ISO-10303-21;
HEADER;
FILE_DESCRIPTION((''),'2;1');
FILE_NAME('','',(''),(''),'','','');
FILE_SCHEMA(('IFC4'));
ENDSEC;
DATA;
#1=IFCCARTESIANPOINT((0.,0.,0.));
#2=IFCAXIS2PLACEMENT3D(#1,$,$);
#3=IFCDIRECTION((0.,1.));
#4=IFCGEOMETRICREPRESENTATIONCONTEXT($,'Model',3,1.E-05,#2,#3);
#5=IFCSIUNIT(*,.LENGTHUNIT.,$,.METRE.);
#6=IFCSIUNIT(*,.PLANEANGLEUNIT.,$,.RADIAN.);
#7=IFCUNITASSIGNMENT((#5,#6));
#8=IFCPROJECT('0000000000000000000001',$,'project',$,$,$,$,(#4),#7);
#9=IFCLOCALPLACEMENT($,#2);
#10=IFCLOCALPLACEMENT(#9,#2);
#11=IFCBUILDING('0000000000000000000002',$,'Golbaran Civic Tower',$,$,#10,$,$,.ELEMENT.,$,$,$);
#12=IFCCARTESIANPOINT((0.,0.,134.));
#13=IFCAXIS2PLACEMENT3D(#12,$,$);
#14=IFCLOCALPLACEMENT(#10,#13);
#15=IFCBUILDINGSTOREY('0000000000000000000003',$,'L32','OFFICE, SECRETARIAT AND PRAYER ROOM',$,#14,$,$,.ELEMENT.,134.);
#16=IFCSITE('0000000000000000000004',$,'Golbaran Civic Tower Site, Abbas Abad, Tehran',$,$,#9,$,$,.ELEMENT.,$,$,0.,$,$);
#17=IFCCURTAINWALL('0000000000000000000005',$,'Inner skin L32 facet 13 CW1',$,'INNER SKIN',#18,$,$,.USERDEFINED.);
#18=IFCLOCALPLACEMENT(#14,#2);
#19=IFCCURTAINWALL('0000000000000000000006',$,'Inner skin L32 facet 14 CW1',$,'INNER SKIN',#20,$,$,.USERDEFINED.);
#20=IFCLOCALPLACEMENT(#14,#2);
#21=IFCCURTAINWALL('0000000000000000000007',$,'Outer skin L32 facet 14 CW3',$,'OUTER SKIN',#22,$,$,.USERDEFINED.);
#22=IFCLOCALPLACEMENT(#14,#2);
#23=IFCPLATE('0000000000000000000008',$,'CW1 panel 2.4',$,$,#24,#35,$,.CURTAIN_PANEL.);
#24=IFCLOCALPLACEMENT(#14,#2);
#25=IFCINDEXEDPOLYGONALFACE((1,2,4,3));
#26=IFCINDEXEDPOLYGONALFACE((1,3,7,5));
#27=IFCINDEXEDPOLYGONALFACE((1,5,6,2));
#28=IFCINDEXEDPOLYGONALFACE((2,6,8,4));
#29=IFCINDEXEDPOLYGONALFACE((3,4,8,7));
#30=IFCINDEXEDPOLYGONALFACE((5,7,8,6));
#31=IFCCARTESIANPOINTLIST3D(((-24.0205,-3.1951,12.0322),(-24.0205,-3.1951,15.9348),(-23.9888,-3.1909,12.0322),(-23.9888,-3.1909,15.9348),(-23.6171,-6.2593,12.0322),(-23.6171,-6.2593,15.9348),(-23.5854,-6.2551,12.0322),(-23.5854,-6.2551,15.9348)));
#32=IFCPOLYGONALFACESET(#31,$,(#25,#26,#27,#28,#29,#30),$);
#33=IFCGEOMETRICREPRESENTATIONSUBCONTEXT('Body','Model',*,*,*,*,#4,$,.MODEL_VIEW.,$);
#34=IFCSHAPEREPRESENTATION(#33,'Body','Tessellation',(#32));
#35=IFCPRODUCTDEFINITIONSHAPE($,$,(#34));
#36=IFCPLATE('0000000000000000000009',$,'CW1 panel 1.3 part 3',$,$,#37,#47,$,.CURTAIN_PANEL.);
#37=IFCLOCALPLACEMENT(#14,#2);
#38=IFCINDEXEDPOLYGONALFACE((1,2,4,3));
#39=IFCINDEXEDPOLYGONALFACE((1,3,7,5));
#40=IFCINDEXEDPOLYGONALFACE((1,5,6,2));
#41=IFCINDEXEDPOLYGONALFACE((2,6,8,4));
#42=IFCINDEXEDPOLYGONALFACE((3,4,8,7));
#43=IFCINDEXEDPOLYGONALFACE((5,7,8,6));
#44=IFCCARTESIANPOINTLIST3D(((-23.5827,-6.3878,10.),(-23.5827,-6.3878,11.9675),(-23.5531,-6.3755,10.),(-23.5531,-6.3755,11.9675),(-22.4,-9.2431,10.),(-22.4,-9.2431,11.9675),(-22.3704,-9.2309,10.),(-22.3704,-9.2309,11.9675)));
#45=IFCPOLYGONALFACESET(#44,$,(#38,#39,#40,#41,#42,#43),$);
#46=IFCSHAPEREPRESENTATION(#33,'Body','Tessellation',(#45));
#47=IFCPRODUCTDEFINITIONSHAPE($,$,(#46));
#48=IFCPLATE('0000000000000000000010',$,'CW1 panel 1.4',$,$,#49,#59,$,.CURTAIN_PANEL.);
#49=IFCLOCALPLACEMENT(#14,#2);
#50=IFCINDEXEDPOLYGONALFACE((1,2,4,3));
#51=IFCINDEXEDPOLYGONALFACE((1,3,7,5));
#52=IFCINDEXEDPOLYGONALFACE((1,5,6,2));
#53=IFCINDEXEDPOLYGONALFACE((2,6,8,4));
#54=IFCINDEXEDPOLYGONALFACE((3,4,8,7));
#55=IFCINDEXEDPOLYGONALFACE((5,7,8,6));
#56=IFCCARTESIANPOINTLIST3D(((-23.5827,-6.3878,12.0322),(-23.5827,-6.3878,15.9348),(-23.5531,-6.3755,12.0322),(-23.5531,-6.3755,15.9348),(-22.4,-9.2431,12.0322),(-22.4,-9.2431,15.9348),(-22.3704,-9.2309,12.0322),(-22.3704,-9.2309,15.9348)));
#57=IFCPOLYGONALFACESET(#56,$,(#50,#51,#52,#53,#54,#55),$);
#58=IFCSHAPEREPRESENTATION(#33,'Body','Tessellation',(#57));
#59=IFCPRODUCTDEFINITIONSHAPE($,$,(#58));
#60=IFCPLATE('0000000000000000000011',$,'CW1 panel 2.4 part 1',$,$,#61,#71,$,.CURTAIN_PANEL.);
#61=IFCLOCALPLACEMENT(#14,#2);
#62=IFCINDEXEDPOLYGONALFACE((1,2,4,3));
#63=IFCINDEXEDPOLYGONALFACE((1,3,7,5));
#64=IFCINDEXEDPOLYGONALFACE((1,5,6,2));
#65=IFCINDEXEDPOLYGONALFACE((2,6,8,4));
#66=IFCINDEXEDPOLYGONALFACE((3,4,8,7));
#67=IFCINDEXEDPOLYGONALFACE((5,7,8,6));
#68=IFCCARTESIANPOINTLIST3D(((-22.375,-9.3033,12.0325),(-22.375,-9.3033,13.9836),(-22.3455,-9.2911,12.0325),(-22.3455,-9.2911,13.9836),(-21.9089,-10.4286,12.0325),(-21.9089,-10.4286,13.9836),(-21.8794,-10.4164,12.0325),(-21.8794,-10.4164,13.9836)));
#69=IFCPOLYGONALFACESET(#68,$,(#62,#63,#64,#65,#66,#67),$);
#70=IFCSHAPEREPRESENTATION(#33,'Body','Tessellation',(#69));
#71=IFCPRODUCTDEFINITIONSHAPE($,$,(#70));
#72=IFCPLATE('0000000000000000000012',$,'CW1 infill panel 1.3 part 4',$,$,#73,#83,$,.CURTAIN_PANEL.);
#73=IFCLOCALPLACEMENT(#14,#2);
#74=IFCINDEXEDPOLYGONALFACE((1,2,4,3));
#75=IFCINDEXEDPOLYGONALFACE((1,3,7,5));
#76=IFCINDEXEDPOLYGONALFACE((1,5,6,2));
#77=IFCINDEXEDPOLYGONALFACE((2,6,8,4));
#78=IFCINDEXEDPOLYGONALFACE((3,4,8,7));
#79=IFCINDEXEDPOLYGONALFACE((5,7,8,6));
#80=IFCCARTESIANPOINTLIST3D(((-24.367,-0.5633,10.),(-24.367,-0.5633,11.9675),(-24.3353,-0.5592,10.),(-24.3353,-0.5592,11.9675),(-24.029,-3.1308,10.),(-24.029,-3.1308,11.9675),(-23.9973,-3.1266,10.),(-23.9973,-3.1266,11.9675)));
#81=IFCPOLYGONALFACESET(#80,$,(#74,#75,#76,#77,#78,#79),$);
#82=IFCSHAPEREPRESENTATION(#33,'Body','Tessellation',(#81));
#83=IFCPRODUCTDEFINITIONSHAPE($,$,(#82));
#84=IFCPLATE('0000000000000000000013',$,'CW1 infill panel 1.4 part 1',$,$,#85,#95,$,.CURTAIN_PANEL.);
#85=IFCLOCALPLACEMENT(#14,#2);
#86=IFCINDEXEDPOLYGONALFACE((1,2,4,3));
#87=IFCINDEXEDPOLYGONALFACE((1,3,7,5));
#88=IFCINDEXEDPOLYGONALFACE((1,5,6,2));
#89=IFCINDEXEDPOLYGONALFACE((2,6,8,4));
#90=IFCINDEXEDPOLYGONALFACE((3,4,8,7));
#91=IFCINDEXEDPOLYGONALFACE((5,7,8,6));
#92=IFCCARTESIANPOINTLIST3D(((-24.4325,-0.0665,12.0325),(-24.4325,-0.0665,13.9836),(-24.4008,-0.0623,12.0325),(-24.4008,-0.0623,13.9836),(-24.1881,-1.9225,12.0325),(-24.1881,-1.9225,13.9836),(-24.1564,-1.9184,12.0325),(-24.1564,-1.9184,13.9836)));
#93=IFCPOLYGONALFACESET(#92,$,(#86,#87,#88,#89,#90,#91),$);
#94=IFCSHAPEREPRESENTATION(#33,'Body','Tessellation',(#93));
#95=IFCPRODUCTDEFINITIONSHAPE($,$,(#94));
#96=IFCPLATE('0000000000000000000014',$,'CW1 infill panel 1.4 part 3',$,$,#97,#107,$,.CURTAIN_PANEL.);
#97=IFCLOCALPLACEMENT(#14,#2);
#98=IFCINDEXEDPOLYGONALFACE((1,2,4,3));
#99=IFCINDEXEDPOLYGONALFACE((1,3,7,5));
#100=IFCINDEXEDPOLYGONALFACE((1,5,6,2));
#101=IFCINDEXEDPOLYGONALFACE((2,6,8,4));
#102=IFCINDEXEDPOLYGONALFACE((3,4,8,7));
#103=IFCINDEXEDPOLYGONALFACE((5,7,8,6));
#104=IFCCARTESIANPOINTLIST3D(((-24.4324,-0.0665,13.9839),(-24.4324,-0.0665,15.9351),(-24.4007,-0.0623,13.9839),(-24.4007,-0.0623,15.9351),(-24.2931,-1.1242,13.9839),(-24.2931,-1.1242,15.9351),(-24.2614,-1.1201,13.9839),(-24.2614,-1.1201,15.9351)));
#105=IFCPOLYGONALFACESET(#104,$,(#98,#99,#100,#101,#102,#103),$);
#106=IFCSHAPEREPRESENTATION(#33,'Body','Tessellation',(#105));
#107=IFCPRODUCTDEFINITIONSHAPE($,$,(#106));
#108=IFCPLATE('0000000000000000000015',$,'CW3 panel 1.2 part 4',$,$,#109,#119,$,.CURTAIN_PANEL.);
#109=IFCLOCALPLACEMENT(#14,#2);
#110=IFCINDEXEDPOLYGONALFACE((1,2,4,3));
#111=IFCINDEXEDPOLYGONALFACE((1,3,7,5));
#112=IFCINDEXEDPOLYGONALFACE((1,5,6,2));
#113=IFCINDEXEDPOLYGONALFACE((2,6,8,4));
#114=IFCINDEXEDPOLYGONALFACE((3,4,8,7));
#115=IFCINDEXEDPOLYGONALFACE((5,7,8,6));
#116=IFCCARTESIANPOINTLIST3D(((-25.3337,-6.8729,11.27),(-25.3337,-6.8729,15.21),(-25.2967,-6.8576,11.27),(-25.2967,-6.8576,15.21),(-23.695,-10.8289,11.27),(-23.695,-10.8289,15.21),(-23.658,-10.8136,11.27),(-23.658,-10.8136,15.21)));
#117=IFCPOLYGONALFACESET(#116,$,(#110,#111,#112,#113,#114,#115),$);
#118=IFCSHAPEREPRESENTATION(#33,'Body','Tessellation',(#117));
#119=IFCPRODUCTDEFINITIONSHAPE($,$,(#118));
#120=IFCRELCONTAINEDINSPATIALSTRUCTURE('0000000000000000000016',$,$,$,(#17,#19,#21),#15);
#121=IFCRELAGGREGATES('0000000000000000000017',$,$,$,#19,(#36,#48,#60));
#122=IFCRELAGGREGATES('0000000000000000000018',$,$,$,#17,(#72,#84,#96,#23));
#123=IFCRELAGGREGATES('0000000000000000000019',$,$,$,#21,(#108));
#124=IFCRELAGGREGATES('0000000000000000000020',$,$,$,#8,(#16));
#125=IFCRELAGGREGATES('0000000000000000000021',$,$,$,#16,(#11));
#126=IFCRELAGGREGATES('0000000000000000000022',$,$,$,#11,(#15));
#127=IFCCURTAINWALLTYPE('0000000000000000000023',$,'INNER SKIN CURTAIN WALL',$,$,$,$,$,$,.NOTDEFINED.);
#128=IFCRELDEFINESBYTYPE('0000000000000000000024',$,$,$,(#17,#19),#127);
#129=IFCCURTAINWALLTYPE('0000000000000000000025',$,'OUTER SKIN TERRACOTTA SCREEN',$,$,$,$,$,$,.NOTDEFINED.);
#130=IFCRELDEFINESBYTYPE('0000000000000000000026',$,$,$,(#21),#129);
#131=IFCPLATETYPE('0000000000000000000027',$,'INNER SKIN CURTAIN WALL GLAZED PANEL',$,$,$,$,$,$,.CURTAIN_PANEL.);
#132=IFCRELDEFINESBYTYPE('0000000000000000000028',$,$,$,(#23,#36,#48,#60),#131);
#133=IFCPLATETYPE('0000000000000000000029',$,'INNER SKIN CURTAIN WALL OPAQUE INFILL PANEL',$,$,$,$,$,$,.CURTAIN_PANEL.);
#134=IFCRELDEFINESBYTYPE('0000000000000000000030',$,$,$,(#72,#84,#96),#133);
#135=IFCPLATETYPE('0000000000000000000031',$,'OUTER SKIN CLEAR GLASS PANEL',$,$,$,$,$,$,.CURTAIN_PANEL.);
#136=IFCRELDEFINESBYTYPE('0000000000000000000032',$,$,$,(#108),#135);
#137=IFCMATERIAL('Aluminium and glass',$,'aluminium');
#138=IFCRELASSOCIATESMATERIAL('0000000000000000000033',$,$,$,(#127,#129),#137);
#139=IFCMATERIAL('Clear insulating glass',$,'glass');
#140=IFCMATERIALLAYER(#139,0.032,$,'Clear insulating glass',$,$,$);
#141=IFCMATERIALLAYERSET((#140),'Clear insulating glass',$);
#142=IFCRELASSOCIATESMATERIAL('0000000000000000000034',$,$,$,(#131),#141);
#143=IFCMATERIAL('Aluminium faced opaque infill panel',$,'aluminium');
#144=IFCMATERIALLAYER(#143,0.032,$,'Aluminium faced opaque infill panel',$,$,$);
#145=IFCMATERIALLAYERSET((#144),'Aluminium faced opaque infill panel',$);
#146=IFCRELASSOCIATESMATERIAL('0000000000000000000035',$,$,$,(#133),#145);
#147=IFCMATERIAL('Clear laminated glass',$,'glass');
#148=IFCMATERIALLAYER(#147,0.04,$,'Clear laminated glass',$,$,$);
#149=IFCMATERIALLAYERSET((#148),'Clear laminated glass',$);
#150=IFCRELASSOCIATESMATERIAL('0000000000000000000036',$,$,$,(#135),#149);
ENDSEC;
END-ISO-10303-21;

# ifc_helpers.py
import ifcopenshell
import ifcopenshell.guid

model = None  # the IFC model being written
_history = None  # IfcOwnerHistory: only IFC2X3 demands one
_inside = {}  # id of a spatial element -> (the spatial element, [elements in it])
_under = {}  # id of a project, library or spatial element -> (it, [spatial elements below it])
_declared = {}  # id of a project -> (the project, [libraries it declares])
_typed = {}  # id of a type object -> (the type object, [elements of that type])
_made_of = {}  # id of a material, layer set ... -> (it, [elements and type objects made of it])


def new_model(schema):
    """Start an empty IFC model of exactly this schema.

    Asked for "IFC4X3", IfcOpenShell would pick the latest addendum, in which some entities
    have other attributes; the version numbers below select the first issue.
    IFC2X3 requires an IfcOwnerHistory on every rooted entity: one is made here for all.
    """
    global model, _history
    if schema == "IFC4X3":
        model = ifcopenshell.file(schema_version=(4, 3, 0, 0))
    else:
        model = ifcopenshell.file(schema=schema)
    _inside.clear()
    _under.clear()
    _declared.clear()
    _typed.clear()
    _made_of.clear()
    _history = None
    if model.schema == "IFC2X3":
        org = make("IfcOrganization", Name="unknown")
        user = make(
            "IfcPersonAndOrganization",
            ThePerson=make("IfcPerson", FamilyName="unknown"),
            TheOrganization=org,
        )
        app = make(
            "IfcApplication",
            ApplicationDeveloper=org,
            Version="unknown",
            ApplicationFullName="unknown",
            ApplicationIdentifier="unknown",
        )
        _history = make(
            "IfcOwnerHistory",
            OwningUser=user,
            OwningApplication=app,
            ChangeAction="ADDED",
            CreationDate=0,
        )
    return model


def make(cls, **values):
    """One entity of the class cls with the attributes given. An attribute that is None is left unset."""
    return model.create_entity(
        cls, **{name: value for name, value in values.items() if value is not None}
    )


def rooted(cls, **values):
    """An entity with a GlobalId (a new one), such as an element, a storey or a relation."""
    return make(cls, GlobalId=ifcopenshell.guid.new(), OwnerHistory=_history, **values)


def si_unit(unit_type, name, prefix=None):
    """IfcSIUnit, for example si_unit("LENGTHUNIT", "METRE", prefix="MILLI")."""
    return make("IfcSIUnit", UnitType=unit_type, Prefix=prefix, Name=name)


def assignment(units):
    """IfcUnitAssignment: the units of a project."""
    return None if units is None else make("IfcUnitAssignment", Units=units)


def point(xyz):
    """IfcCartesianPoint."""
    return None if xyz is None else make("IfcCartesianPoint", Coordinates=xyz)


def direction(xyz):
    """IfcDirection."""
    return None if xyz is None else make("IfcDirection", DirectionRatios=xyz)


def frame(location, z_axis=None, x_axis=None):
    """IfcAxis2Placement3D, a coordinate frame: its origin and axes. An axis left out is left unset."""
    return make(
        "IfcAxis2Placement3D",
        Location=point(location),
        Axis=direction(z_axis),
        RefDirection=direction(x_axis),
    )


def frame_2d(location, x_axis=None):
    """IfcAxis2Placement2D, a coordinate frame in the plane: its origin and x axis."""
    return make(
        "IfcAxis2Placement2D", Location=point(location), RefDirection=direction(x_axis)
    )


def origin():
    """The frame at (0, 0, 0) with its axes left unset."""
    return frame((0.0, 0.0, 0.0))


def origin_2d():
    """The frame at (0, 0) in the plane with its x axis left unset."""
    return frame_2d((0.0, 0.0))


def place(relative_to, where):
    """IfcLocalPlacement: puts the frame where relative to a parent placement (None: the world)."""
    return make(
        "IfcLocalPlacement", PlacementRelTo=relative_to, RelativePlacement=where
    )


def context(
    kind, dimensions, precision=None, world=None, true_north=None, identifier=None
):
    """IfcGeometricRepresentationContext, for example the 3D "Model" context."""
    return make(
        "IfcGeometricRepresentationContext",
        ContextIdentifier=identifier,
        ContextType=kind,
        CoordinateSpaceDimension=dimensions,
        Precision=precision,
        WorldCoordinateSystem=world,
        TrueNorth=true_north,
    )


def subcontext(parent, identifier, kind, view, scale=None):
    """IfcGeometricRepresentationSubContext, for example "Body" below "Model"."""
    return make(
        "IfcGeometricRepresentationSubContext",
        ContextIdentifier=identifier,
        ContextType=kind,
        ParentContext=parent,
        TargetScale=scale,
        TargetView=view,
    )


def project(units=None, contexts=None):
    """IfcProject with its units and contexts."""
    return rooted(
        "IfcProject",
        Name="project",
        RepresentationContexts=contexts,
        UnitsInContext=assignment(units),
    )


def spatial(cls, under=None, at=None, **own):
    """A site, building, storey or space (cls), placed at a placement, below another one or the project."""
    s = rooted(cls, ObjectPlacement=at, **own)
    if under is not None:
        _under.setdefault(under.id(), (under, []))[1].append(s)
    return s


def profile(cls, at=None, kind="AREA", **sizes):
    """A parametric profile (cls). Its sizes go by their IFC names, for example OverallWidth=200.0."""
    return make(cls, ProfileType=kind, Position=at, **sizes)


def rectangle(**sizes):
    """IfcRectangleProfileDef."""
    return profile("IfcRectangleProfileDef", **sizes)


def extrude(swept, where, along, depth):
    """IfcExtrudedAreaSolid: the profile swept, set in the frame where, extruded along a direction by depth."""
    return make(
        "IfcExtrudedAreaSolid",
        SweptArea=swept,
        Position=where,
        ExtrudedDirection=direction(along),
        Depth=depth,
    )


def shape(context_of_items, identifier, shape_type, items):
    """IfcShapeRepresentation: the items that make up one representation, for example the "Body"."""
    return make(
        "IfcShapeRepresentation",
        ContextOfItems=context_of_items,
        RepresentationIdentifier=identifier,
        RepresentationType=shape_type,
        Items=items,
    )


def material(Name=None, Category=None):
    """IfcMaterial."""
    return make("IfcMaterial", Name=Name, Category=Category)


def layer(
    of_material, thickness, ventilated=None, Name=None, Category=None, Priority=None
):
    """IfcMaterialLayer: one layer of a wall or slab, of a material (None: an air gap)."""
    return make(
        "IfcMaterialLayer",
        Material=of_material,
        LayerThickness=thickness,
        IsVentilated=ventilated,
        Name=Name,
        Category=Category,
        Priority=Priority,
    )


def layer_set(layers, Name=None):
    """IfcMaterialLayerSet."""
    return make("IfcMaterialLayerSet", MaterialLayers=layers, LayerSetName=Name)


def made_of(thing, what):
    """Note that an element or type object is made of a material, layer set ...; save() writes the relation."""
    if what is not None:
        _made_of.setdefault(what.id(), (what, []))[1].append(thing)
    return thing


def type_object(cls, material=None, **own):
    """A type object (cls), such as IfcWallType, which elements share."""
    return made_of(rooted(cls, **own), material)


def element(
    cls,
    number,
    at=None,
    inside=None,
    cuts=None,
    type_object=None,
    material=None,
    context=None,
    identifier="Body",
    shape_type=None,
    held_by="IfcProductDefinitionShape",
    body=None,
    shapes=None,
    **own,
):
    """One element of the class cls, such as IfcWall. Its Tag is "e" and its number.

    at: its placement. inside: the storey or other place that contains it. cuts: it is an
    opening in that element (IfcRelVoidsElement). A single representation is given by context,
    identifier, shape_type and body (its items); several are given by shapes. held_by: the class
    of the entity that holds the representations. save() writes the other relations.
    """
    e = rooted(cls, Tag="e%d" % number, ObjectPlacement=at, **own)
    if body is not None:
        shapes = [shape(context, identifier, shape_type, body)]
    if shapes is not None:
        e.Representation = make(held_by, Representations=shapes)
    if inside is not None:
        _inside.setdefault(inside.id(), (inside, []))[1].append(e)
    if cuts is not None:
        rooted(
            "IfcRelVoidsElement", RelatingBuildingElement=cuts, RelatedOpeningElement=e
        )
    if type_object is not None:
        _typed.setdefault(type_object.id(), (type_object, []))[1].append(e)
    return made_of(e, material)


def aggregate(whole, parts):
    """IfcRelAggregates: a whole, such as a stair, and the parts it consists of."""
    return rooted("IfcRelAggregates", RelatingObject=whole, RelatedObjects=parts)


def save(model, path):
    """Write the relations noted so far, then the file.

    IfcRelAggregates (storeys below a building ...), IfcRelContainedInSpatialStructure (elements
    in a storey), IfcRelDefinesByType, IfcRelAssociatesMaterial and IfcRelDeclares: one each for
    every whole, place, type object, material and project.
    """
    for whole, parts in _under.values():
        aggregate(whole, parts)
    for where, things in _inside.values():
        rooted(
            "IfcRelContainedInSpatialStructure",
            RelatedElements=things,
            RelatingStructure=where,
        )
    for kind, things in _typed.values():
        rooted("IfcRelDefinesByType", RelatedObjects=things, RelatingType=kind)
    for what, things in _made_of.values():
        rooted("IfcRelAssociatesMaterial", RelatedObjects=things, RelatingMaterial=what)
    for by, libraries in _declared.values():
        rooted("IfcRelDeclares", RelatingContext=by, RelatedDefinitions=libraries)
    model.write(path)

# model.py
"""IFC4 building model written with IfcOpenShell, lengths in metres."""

from ifc_helpers import new_model, si_unit, direction, frame, origin, origin_2d, place, context, subcontext, project, spatial, rectangle, extrude, material, layer, layer_set, type_object, element, aggregate, save


model = new_model("IFC4")

# Units and contexts
model_context = context("Model", 3, precision=1e-05, world=origin(), true_north=direction((0.0, 1.0)))
body_context = subcontext(model_context, "Body", "Model", "MODEL_VIEW")
ifc_project = project(units=[si_unit("LENGTHUNIT", "METRE"), si_unit("PLANEANGLEUNIT", "RADIAN")], contexts=[model_context])

# Site, building, storey
site_placement = place(None, origin())
site = spatial("IfcSite", under=ifc_project, at=site_placement, Name="Golbaran Civic Tower Site, Abbas Abad, Tehran", CompositionType="ELEMENT", RefElevation=0.0)
building_placement = place(site_placement, origin())
building = spatial("IfcBuilding", under=site, at=building_placement, Name="Golbaran Civic Tower", CompositionType="ELEMENT")
storey_placement = place(building_placement, frame((0.0, 0.0, 134.0)))
storey = spatial("IfcBuildingStorey", under=building, at=storey_placement, Name="L32", Description="OFFICE, SECRETARIAT AND PRAYER ROOM", CompositionType="ELEMENT", Elevation=134.0)

# Curtain walls
ifc_material_1 = material(Name="Aluminium and glass", Category="aluminium")
curtain_wall_type_1 = type_object("IfcCurtainWallType", Name="INNER SKIN CURTAIN WALL", PredefinedType="NOTDEFINED", material=ifc_material_1)
curtain_wall_1_placement = place(storey_placement, origin())
curtain_wall_1 = element("IfcCurtainWall", 1, at=curtain_wall_1_placement, inside=storey, type_object=curtain_wall_type_1, Name="Inner skin L32 facet 13 CW1", ObjectType="INNER SKIN", PredefinedType="USERDEFINED")
curtain_wall_2_placement = place(storey_placement, origin())
curtain_wall_2 = element("IfcCurtainWall", 2, at=curtain_wall_2_placement, inside=storey, type_object=curtain_wall_type_1, Name="Inner skin L32 facet 14 CW1", ObjectType="INNER SKIN", PredefinedType="USERDEFINED")

# Curtain wall
curtain_wall_type_2 = type_object("IfcCurtainWallType", Name="OUTER SKIN TERRACOTTA SCREEN", PredefinedType="NOTDEFINED", material=ifc_material_1)
curtain_wall_3_placement = place(storey_placement, origin())
curtain_wall_3 = element("IfcCurtainWall", 3, at=curtain_wall_3_placement, inside=storey, type_object=curtain_wall_type_2, Name="Outer skin L32 facet 14 CW3", ObjectType="OUTER SKIN", PredefinedType="USERDEFINED")

# Plates
ifc_material_2 = material(Name="Clear insulating glass", Category="glass")
ifc_layer_1 = layer(ifc_material_2, 0.032, Name="Clear insulating glass")
ifc_layer_set_1 = layer_set([ifc_layer_1], Name="Clear insulating glass")
plate_type_1 = type_object("IfcPlateType", Name="INNER SKIN CURTAIN WALL GLAZED PANEL", PredefinedType="CURTAIN_PANEL", material=ifc_layer_set_1)
plate_1_placement = place(storey_placement, frame((-23.803, -4.7251, 12.0322), z_axis=(0.0, 0.0, 1.0), x_axis=(0.130526, -0.991445, 0.0)))
plate_1 = element("IfcPlate", 4, at=plate_1_placement, type_object=plate_type_1, Name="CW1 panel 2.4", PredefinedType="CURTAIN_PANEL", context=body_context, shape_type="SweptSolid", body=[
    extrude(rectangle(XDim=3.0906, YDim=0.032, at=origin_2d()), origin(), (0.0, 0.0, 1.0), 3.9026),
])
plate_2_placement = place(storey_placement, frame((-22.9766, -7.8093, 10.0), z_axis=(0.0, 0.0, 1.0), x_axis=(0.382683, -0.92388, 0.0)))
plate_2 = element("IfcPlate", 5, at=plate_2_placement, type_object=plate_type_1, Name="CW1 panel 1.3 part 3", PredefinedType="CURTAIN_PANEL", context=body_context, shape_type="SweptSolid", body=[
    extrude(rectangle(XDim=3.0906, YDim=0.032, at=origin_2d()), origin(), (0.0, 0.0, 1.0), 1.9675),
])
plate_3_placement = place(storey_placement, frame((-22.9766, -7.8093, 12.0322), z_axis=(0.0, 0.0, 1.0), x_axis=(0.382683, -0.92388, 0.0)))
plate_3 = element("IfcPlate", 6, at=plate_3_placement, type_object=plate_type_1, Name="CW1 panel 1.4", PredefinedType="CURTAIN_PANEL", context=body_context, shape_type="SweptSolid", body=[
    extrude(rectangle(XDim=3.0906, YDim=0.032, at=origin_2d()), origin(), (0.0, 0.0, 1.0), 3.9026),
])
plate_4_placement = place(storey_placement, frame((-22.1272, -9.8599, 12.0325), z_axis=(0.0, 0.0, 1.0), x_axis=(0.382683, -0.92388, 0.0)))
plate_4 = element("IfcPlate", 7, at=plate_4_placement, type_object=plate_type_1, Name="CW1 panel 2.4 part 1", PredefinedType="CURTAIN_PANEL", context=body_context, shape_type="SweptSolid", body=[
    extrude(rectangle(XDim=1.218, YDim=0.032, at=origin_2d()), origin(), (0.0, 0.0, 1.0), 1.9512),
])
aggregate(curtain_wall_2, [plate_2, plate_3, plate_4])
ifc_material_3 = material(Name="Aluminium faced opaque infill panel", Category="aluminium")
ifc_layer_2 = layer(ifc_material_3, 0.032, Name="Aluminium faced opaque infill panel")
ifc_layer_set_2 = layer_set([ifc_layer_2], Name="Aluminium faced opaque infill panel")
plate_type_2 = type_object("IfcPlateType", Name="INNER SKIN CURTAIN WALL OPAQUE INFILL PANEL", PredefinedType="CURTAIN_PANEL", material=ifc_layer_set_2)
plate_5_placement = place(storey_placement, frame((-24.1821, -1.845, 10.0), z_axis=(0.0, 0.0, 1.0), x_axis=(0.130526, -0.991445, 0.0)))
plate_5 = element("IfcPlate", 8, at=plate_5_placement, type_object=plate_type_2, Name="CW1 infill panel 1.3 part 4", PredefinedType="CURTAIN_PANEL", context=body_context, shape_type="SweptSolid", body=[
    extrude(rectangle(XDim=2.5896, YDim=0.032, at=origin_2d()), origin(), (0.0, 0.0, 1.0), 1.9675),
])
plate_6_placement = place(storey_placement, frame((-24.2944, -0.9924, 12.0325), z_axis=(0.0, 0.0, 1.0), x_axis=(0.130526, -0.991445, 0.0)))
plate_6 = element("IfcPlate", 9, at=plate_6_placement, type_object=plate_type_2, Name="CW1 infill panel 1.4 part 1", PredefinedType="CURTAIN_PANEL", context=body_context, shape_type="SweptSolid", body=[
    extrude(rectangle(XDim=1.8721, YDim=0.032, at=origin_2d()), origin(), (0.0, 0.0, 1.0), 1.9512),
])
plate_7_placement = place(storey_placement, frame((-24.3469, -0.5933, 13.9839), z_axis=(0.0, 0.0, 1.0), x_axis=(0.130526, -0.991445, 0.0)))
plate_7 = element("IfcPlate", 10, at=plate_7_placement, type_object=plate_type_2, Name="CW1 infill panel 1.4 part 3", PredefinedType="CURTAIN_PANEL", context=body_context, shape_type="SweptSolid", body=[
    extrude(rectangle(XDim=1.0669, YDim=0.032, at=origin_2d()), origin(), (0.0, 0.0, 1.0), 1.9512),
])
aggregate(curtain_wall_1, [plate_5, plate_6, plate_7, plate_1])
ifc_material_4 = material(Name="Clear laminated glass", Category="glass")
ifc_layer_3 = layer(ifc_material_4, 0.04, Name="Clear laminated glass")
ifc_layer_set_3 = layer_set([ifc_layer_3], Name="Clear laminated glass")
plate_type_3 = type_object("IfcPlateType", Name="OUTER SKIN CLEAR GLASS PANEL", PredefinedType="CURTAIN_PANEL", material=ifc_layer_set_3)
plate_8_placement = place(storey_placement, frame((-24.4958, -8.8433, 11.27), z_axis=(0.0, 0.0, 1.0), x_axis=(0.382683, -0.92388, 0.0)))
plate_8 = element("IfcPlate", 11, at=plate_8_placement, type_object=plate_type_3, Name="CW3 panel 1.2 part 4", PredefinedType="CURTAIN_PANEL", context=body_context, shape_type="SweptSolid", body=[
    extrude(rectangle(XDim=4.282, YDim=0.04, at=origin_2d()), origin(), (0.0, 0.0, 1.0), 3.9399),
])
aggregate(curtain_wall_3, [plate_8])

save(model, "model.ifc")
